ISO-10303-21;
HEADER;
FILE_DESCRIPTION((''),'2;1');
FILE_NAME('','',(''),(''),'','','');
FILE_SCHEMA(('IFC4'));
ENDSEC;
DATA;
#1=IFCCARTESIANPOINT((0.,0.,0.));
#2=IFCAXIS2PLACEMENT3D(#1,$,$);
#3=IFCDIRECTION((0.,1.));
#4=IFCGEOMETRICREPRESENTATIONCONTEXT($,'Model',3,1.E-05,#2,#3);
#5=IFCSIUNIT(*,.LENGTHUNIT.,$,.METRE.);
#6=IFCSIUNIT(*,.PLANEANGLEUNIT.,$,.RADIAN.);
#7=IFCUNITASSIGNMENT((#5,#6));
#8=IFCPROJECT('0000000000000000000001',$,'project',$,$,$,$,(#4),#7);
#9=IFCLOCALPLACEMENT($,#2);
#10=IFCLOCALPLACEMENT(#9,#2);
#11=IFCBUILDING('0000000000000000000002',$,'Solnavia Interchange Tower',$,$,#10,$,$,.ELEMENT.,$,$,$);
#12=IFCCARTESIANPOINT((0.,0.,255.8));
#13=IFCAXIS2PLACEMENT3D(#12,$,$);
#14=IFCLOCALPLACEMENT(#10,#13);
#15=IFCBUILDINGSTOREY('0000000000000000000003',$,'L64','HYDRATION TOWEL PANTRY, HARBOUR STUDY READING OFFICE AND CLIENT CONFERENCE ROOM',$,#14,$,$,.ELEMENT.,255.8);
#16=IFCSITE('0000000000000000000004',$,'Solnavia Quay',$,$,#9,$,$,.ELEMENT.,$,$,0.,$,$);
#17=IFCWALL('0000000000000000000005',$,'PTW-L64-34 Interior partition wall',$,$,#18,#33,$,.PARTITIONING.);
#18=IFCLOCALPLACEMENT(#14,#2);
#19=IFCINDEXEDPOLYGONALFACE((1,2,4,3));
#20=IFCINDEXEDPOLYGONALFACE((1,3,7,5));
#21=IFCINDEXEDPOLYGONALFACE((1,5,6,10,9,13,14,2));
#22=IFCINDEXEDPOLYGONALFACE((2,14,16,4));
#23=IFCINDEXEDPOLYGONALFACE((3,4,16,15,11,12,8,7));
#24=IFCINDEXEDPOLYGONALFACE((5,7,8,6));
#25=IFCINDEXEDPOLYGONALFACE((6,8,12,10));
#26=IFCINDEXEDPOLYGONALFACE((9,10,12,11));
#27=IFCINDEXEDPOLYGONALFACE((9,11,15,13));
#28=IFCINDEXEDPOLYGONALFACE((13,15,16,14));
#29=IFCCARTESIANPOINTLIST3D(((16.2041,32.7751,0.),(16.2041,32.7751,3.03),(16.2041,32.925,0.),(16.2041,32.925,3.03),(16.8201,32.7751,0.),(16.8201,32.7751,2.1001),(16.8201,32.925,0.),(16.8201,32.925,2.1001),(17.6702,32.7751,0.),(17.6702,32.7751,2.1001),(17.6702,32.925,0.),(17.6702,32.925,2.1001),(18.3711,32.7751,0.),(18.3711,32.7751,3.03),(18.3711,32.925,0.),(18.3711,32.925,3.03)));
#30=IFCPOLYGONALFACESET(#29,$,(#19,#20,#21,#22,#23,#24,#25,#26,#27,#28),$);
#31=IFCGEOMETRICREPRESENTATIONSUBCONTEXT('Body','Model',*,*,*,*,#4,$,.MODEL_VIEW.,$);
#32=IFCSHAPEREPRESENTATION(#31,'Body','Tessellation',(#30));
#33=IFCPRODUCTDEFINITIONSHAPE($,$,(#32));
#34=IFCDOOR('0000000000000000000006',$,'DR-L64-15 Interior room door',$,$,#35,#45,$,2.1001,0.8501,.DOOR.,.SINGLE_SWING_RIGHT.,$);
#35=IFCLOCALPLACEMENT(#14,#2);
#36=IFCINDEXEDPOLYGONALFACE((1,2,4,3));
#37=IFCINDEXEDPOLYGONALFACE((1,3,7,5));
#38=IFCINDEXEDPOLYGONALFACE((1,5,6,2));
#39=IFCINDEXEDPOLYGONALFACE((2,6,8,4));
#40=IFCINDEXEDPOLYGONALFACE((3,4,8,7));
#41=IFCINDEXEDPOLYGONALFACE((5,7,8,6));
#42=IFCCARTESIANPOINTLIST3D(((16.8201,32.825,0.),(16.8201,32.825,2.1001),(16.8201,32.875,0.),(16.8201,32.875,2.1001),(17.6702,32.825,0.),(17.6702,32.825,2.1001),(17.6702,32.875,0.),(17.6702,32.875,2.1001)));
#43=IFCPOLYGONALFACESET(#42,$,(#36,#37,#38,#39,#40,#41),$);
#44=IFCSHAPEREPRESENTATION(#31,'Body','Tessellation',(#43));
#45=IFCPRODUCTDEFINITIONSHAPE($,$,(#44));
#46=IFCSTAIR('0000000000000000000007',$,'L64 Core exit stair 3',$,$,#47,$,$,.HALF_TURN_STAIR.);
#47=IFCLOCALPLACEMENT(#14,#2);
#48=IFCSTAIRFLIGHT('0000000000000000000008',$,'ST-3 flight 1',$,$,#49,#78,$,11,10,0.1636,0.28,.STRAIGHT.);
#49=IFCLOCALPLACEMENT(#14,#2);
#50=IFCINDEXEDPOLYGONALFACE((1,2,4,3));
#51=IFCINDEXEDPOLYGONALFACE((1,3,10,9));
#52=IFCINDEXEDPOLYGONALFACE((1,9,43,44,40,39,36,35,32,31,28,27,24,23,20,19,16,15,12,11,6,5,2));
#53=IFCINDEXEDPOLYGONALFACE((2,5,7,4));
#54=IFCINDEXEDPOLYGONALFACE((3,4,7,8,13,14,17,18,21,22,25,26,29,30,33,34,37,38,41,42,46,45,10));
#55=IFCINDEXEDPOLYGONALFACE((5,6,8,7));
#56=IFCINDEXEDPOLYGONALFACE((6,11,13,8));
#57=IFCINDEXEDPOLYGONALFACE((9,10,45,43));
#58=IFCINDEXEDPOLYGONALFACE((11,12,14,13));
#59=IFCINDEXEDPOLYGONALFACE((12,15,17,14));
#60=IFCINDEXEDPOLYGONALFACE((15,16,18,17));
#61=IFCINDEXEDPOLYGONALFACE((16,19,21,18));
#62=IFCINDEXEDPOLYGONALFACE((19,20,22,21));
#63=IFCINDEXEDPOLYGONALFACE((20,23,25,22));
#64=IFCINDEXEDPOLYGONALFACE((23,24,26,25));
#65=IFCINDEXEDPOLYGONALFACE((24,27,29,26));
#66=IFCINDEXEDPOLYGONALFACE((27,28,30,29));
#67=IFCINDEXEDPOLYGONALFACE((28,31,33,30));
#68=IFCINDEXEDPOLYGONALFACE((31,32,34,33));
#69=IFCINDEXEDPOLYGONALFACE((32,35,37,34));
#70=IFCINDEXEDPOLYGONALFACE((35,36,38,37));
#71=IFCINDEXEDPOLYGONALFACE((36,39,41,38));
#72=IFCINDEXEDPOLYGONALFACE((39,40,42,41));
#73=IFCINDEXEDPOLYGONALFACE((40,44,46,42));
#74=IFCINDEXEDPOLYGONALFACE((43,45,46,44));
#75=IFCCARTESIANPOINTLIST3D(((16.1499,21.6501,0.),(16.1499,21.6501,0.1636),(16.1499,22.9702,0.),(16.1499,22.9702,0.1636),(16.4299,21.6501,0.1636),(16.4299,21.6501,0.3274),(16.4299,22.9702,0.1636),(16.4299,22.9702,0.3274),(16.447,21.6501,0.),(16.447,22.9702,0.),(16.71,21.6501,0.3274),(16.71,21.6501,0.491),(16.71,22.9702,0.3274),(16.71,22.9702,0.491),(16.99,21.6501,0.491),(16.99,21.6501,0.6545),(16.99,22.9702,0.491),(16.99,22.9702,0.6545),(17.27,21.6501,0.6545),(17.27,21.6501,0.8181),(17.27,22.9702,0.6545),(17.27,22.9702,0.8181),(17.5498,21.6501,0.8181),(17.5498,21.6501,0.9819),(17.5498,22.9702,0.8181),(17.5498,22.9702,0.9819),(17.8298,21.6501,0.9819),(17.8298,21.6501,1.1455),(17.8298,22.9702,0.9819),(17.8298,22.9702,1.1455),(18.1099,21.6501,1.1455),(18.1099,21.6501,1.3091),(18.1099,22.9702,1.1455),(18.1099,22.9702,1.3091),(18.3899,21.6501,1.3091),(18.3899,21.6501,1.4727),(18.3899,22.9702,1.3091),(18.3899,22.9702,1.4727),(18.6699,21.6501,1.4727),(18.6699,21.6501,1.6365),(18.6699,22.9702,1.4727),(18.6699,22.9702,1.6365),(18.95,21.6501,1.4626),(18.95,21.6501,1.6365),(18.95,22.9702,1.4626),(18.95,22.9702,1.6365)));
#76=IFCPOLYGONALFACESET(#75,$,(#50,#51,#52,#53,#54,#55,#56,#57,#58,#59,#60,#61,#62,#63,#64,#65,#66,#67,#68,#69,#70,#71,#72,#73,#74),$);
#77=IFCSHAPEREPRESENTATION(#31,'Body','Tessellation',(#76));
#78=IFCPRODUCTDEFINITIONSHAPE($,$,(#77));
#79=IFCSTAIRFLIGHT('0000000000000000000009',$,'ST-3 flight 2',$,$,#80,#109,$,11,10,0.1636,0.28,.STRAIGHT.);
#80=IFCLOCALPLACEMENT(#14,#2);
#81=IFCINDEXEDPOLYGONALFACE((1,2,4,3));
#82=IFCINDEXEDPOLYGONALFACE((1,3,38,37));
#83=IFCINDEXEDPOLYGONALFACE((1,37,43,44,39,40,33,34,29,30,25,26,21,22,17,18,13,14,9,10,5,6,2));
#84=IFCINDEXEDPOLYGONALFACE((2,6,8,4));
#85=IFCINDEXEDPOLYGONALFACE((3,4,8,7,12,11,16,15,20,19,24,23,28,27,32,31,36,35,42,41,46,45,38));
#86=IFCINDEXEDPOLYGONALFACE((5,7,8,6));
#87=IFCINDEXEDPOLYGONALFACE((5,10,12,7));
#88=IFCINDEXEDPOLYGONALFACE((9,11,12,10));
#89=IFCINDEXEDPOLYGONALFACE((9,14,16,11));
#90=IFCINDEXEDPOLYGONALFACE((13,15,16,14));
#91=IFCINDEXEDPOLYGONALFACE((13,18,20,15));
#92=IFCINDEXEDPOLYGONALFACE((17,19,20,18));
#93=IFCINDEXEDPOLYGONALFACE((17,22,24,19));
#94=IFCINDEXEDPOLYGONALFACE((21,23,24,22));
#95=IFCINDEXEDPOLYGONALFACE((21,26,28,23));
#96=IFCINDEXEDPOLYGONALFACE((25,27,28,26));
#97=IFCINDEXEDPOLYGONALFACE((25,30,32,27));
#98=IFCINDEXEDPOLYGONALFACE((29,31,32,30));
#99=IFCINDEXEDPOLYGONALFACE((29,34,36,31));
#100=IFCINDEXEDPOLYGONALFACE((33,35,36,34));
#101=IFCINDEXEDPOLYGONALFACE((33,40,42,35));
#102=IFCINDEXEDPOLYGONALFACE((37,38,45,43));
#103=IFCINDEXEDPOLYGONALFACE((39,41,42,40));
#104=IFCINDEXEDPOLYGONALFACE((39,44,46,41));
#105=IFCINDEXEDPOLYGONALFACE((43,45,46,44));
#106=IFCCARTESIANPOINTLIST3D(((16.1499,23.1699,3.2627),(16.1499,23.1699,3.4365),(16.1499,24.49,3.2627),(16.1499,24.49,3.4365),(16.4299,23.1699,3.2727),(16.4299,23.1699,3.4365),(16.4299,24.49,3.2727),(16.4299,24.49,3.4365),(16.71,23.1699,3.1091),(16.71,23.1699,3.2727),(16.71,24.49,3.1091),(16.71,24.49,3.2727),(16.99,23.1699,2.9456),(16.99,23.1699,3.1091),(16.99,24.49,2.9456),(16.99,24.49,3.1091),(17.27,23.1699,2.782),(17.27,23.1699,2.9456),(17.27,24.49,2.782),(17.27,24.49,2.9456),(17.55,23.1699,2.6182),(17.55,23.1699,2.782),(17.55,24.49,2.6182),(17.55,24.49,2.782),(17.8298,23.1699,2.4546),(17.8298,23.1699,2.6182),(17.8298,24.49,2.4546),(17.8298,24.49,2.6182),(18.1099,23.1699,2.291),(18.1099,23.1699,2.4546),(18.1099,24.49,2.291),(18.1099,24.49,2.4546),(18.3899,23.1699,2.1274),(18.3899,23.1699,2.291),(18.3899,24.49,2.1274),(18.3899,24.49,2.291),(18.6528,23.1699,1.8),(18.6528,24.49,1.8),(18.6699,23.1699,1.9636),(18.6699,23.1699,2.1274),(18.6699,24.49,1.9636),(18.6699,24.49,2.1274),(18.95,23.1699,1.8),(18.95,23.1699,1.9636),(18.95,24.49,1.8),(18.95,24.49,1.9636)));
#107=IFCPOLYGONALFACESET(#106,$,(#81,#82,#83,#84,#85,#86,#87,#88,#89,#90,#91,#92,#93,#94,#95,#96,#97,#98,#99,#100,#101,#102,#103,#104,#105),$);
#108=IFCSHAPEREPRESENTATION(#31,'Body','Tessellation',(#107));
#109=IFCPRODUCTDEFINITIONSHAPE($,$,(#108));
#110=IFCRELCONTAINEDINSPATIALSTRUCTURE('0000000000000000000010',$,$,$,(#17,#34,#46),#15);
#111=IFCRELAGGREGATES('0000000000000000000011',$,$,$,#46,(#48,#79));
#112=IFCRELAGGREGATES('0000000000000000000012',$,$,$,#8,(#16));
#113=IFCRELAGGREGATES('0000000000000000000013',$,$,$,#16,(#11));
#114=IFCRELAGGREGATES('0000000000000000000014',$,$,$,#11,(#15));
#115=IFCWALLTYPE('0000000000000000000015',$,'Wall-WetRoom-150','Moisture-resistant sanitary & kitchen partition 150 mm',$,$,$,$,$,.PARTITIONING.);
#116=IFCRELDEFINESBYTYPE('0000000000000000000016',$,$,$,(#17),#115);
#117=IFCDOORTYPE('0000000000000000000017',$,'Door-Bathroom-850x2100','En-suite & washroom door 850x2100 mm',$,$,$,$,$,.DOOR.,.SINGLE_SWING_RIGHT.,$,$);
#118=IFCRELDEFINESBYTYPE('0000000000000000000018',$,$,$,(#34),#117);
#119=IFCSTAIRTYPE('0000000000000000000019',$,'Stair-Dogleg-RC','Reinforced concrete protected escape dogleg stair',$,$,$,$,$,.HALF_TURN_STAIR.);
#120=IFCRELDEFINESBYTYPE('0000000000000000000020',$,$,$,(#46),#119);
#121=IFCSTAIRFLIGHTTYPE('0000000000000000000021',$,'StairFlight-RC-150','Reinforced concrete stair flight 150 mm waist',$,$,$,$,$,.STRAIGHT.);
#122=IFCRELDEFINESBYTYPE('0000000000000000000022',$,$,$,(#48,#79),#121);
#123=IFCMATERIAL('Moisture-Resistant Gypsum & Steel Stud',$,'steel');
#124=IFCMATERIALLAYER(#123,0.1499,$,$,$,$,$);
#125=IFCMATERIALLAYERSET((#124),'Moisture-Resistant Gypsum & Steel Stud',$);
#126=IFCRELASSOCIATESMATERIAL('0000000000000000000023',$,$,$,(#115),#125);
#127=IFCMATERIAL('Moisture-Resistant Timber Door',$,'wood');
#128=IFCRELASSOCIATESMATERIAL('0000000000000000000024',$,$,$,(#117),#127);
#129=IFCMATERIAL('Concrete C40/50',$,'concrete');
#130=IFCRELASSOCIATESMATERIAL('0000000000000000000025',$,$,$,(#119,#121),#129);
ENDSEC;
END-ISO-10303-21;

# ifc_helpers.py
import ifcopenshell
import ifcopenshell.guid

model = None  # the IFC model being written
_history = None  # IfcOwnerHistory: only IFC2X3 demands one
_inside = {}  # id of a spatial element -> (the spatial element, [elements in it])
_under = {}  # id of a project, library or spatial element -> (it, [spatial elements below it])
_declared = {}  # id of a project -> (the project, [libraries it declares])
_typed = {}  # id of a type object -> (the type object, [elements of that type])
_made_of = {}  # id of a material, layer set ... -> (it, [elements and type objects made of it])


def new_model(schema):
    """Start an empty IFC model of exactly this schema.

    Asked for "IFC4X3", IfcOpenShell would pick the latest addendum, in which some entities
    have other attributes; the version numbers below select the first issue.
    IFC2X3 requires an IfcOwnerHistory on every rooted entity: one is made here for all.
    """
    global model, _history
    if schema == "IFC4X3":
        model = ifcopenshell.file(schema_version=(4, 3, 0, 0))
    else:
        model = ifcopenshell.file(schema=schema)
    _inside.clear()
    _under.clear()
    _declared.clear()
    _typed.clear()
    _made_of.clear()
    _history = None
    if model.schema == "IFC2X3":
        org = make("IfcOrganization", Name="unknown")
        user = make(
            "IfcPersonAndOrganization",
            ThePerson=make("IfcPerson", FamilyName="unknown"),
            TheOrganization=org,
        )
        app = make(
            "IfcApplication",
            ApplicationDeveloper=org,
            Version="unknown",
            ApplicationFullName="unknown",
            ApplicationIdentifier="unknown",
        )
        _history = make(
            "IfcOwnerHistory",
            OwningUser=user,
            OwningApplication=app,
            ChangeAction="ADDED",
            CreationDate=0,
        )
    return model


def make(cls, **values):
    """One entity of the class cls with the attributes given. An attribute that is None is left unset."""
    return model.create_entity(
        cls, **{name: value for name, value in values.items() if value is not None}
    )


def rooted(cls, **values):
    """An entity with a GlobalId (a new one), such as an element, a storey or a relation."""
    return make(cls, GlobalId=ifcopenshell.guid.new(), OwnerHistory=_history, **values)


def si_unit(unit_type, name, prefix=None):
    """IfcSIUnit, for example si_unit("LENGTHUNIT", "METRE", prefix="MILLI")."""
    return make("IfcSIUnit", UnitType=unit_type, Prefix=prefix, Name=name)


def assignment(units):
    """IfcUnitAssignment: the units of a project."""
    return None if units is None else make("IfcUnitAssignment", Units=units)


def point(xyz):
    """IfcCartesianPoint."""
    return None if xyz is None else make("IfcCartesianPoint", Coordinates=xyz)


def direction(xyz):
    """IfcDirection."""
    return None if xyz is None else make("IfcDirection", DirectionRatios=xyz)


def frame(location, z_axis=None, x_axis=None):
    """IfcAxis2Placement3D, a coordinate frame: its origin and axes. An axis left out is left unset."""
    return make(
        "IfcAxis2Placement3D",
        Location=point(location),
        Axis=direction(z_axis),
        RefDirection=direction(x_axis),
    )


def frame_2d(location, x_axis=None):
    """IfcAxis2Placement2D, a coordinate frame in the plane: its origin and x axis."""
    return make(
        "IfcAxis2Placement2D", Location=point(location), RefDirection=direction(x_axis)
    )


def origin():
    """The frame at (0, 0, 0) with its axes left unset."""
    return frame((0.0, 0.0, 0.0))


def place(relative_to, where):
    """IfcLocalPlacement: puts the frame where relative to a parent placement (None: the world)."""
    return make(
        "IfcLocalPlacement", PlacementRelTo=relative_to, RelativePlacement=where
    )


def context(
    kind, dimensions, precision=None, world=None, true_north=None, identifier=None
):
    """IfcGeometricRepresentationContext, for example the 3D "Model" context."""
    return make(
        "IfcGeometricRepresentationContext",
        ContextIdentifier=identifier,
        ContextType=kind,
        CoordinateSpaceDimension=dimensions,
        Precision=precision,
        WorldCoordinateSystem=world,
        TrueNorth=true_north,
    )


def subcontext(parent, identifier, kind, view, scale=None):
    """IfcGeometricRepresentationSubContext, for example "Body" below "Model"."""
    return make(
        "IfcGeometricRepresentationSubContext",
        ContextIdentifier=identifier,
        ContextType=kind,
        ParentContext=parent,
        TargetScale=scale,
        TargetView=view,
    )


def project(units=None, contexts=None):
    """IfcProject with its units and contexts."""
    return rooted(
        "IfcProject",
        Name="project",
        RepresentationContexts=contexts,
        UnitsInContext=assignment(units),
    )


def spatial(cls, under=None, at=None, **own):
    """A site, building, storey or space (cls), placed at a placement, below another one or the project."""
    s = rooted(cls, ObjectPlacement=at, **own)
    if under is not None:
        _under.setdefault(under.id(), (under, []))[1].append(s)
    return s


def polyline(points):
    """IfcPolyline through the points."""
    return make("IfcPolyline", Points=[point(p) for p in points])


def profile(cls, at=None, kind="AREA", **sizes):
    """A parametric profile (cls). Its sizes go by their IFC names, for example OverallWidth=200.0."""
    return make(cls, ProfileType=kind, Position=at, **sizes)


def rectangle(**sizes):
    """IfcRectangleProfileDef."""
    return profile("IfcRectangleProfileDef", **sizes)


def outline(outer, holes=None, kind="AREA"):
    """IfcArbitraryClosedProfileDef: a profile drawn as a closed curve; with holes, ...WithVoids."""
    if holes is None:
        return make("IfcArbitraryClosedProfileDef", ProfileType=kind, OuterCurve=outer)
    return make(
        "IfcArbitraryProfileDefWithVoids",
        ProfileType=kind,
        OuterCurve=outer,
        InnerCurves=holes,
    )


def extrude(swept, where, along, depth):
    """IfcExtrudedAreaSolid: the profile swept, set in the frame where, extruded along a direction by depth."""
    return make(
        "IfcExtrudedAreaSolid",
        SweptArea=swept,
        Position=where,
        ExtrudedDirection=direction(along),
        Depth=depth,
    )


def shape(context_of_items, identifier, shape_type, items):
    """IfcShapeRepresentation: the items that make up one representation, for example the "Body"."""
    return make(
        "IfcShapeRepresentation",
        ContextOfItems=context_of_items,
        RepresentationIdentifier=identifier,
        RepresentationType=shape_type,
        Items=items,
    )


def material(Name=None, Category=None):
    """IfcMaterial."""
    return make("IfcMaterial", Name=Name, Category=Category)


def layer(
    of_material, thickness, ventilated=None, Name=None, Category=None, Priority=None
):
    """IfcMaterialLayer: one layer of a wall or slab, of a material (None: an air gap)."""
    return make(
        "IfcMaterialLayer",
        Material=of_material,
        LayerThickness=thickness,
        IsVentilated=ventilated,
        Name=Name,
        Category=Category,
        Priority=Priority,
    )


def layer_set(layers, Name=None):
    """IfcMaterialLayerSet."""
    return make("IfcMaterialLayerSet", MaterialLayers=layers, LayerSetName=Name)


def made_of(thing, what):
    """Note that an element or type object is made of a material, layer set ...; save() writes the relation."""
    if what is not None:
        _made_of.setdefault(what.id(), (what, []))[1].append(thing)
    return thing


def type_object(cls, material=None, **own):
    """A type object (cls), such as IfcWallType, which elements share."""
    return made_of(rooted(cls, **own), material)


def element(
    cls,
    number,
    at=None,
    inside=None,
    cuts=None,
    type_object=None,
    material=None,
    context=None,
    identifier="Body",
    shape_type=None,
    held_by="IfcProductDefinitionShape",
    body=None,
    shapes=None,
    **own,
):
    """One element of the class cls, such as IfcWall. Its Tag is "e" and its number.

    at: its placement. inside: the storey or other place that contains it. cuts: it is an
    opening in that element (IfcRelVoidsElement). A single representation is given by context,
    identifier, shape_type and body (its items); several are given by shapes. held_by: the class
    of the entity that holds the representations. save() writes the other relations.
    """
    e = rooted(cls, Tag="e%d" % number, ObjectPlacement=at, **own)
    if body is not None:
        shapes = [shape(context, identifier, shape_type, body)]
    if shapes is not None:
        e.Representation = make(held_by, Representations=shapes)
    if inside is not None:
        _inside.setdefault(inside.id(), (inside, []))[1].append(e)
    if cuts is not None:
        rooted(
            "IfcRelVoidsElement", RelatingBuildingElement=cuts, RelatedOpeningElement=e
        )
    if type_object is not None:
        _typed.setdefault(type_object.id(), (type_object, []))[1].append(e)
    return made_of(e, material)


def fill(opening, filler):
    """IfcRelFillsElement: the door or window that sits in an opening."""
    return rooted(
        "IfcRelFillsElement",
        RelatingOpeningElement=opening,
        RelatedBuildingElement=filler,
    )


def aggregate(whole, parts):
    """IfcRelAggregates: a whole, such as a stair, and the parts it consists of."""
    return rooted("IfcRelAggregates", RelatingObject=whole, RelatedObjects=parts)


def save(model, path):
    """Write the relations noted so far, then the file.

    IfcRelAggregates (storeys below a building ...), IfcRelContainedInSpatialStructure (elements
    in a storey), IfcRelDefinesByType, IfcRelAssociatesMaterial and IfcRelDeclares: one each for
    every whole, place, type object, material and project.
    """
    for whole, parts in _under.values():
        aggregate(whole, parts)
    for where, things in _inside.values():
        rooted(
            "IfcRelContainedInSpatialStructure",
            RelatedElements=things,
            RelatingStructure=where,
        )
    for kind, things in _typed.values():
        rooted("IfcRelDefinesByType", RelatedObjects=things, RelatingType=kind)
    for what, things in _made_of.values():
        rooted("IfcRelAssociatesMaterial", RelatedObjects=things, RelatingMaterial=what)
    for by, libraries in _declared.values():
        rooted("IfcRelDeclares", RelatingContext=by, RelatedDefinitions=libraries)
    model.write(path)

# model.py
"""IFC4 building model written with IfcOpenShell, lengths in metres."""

from ifc_helpers import new_model, si_unit, direction, frame, frame_2d, origin, place, context, subcontext, project, spatial, polyline, rectangle, outline, extrude, material, layer, layer_set, type_object, element, fill, aggregate, save


model = new_model("IFC4")

# Units and contexts
model_context = context("Model", 3, precision=1e-05, world=origin(), true_north=direction((0.0, 1.0)))
body_context = subcontext(model_context, "Body", "Model", "MODEL_VIEW")
ifc_project = project(units=[si_unit("LENGTHUNIT", "METRE"), si_unit("PLANEANGLEUNIT", "RADIAN")], contexts=[model_context])

# Site, building, storey
site_placement = place(None, origin())
site = spatial("IfcSite", under=ifc_project, at=site_placement, Name="Solnavia Quay", CompositionType="ELEMENT", RefElevation=0.0)
building_placement = place(site_placement, origin())
building = spatial("IfcBuilding", under=site, at=building_placement, Name="Solnavia Interchange Tower", CompositionType="ELEMENT")
storey_placement = place(building_placement, frame((0.0, 0.0, 255.8)))
storey = spatial("IfcBuildingStorey", under=building, at=storey_placement, Name="L64", Description="HYDRATION TOWEL PANTRY, HARBOUR STUDY READING OFFICE AND CLIENT CONFERENCE ROOM", CompositionType="ELEMENT", Elevation=255.8)

# Shared definitions
ifc_material_1 = material(Name="Concrete C40/50", Category="concrete")

# Shared definitions
ifc_material_2 = material(Name="Moisture-Resistant Gypsum & Steel Stud", Category="steel")
ifc_layer_1 = layer(ifc_material_2, 0.1499)
ifc_layer_set_1 = layer_set([ifc_layer_1], Name="Moisture-Resistant Gypsum & Steel Stud")
wall_type_1 = type_object("IfcWallType", Name="Wall-WetRoom-150", Description="Moisture-resistant sanitary & kitchen partition 150 mm", PredefinedType="PARTITIONING", material=ifc_layer_set_1)

# Wall, opening, door
wall_1_placement = place(storey_placement, frame((16.2041, 32.8501, 0.0), z_axis=(0.0, 0.0, 1.0), x_axis=(1.0, 0.0, 0.0)))
wall_1 = element("IfcWall", 1, at=wall_1_placement, inside=storey, type_object=wall_type_1, Name="PTW-L64-34 Interior partition wall", PredefinedType="PARTITIONING", context=body_context, shape_type="SweptSolid", body=[
    extrude(rectangle(XDim=2.167, YDim=0.1499, at=frame_2d((1.0835, 0.0))), origin(), (0.0, 0.0, 1.0), 3.03),
])
opening_1_placement = place(wall_1_placement, frame((0.616, 0.0, 0.0)))
opening_1 = element("IfcOpeningElement", 2, at=opening_1_placement, cuts=wall_1, PredefinedType="OPENING", context=body_context, shape_type="SweptSolid", body=[
    extrude(rectangle(XDim=0.8501, YDim=2.1001, at=frame_2d((0.425, 1.05))), frame((0.0, 0.085, 0.0), z_axis=(0.0, -1.0, 0.0), x_axis=(1.0, 0.0, 0.0)), (0.0, 0.0, 1.0), 0.1699),
])
ifc_material_3 = material(Name="Moisture-Resistant Timber Door", Category="wood")
door_type_1 = type_object("IfcDoorType", Name="Door-Bathroom-850x2100", Description="En-suite & washroom door 850x2100 mm", OperationType="SINGLE_SWING_RIGHT", PredefinedType="DOOR", material=ifc_material_3)
door_1_placement = place(opening_1_placement, origin())
door_1 = element("IfcDoor", 3, at=door_1_placement, inside=storey, type_object=door_type_1, Name="DR-L64-15 Interior room door", OperationType="SINGLE_SWING_RIGHT", OverallHeight=2.1001, OverallWidth=0.8501, PredefinedType="DOOR", context=body_context, shape_type="SweptSolid", body=[
    extrude(rectangle(XDim=0.8501, YDim=2.1001, at=frame_2d((0.425, 1.05))), frame((0.0, 0.0249, 0.0), z_axis=(0.0, -1.0, 0.0), x_axis=(1.0, 0.0, 0.0)), (0.0, 0.0, 1.0), 0.05),
])
fill(opening_1, door_1)

# Stair, stair flights
stair_type = type_object("IfcStairType", Name="Stair-Dogleg-RC", Description="Reinforced concrete protected escape dogleg stair", PredefinedType="HALF_TURN_STAIR", material=ifc_material_1)
stair_placement = place(storey_placement, origin())
stair = element("IfcStair", 4, at=stair_placement, inside=storey, type_object=stair_type, Name="L64 Core exit stair 3", PredefinedType="HALF_TURN_STAIR")
stair_flight_type = type_object("IfcStairFlightType", Name="StairFlight-RC-150", Description="Reinforced concrete stair flight 150 mm waist", PredefinedType="STRAIGHT", material=ifc_material_1)
stair_flight_1_placement = place(storey_placement, frame((16.1499, 22.3101, 0.0), z_axis=(0.0, 0.0, 1.0), x_axis=(1.0, 0.0, 0.0)))
stair_flight_1 = element("IfcStairFlight", 5, at=stair_flight_1_placement, type_object=stair_flight_type, Name="ST-3 flight 1", NumberOfRisers=11, NumberOfTreads=10, PredefinedType="STRAIGHT", RiserHeight=0.1636, TreadLength=0.28, context=body_context, shape_type="SweptSolid", body=[
    extrude(outline(polyline([(0.0, 0.0), (0.0, 0.1636), (0.28, 0.1636), (0.28, 0.3274), (0.5601, 0.3274), (0.5601, 0.491), (0.8401, 0.491), (0.8401, 0.6545), (1.1201, 0.6545), (1.1201, 0.8181), (1.3999, 0.8181), (1.3999, 0.9819), (1.6799, 0.9819), (1.6799, 1.1455), (1.96, 1.1455), (1.96, 1.3091), (2.24, 1.3091), (2.24, 1.4727), (2.52, 1.4727), (2.52, 1.6365), (2.8, 1.6365), (2.8, 1.8), (2.8, 1.4626), (0.2971, 0.0), (0.0, 0.0)])), frame((0.0, 0.6602, 0.0), z_axis=(0.0, -1.0, 0.0), x_axis=(1.0, 0.0, 0.0)), (0.0, 0.0, 1.0), 1.3201),
])
stair_flight_2_placement = place(storey_placement, frame((18.95, 23.8301, 1.8), z_axis=(0.0, 0.0, 1.0), x_axis=(-1.0, 0.0, 0.0)))
stair_flight_2 = element("IfcStairFlight", 6, at=stair_flight_2_placement, type_object=stair_flight_type, Name="ST-3 flight 2", NumberOfRisers=11, NumberOfTreads=10, PredefinedType="STRAIGHT", RiserHeight=0.1636, TreadLength=0.28, context=body_context, shape_type="SweptSolid", body=[
    extrude(outline(polyline([(0.0, 0.0), (0.0, 0.1636), (0.28, 0.1636), (0.28, 0.3274), (0.5601, 0.3274), (0.5601, 0.491), (0.8401, 0.491), (0.8401, 0.6545), (1.1201, 0.6545), (1.1201, 0.8181), (1.3999, 0.8181), (1.3999, 0.9819), (1.6799, 0.9819), (1.6799, 1.1455), (1.96, 1.1455), (1.96, 1.3091), (2.24, 1.3091), (2.24, 1.4727), (2.52, 1.4727), (2.52, 1.6365), (2.8, 1.6365), (2.8, 1.8), (2.8, 1.4626), (0.2971, 0.0), (0.0, 0.0)])), frame((0.0, 0.6602, 0.0), z_axis=(0.0, -1.0, 0.0), x_axis=(1.0, 0.0, 0.0)), (0.0, 0.0, 1.0), 1.3201),
])
aggregate(stair, [stair_flight_1, stair_flight_2])

save(model, "model.ifc")
